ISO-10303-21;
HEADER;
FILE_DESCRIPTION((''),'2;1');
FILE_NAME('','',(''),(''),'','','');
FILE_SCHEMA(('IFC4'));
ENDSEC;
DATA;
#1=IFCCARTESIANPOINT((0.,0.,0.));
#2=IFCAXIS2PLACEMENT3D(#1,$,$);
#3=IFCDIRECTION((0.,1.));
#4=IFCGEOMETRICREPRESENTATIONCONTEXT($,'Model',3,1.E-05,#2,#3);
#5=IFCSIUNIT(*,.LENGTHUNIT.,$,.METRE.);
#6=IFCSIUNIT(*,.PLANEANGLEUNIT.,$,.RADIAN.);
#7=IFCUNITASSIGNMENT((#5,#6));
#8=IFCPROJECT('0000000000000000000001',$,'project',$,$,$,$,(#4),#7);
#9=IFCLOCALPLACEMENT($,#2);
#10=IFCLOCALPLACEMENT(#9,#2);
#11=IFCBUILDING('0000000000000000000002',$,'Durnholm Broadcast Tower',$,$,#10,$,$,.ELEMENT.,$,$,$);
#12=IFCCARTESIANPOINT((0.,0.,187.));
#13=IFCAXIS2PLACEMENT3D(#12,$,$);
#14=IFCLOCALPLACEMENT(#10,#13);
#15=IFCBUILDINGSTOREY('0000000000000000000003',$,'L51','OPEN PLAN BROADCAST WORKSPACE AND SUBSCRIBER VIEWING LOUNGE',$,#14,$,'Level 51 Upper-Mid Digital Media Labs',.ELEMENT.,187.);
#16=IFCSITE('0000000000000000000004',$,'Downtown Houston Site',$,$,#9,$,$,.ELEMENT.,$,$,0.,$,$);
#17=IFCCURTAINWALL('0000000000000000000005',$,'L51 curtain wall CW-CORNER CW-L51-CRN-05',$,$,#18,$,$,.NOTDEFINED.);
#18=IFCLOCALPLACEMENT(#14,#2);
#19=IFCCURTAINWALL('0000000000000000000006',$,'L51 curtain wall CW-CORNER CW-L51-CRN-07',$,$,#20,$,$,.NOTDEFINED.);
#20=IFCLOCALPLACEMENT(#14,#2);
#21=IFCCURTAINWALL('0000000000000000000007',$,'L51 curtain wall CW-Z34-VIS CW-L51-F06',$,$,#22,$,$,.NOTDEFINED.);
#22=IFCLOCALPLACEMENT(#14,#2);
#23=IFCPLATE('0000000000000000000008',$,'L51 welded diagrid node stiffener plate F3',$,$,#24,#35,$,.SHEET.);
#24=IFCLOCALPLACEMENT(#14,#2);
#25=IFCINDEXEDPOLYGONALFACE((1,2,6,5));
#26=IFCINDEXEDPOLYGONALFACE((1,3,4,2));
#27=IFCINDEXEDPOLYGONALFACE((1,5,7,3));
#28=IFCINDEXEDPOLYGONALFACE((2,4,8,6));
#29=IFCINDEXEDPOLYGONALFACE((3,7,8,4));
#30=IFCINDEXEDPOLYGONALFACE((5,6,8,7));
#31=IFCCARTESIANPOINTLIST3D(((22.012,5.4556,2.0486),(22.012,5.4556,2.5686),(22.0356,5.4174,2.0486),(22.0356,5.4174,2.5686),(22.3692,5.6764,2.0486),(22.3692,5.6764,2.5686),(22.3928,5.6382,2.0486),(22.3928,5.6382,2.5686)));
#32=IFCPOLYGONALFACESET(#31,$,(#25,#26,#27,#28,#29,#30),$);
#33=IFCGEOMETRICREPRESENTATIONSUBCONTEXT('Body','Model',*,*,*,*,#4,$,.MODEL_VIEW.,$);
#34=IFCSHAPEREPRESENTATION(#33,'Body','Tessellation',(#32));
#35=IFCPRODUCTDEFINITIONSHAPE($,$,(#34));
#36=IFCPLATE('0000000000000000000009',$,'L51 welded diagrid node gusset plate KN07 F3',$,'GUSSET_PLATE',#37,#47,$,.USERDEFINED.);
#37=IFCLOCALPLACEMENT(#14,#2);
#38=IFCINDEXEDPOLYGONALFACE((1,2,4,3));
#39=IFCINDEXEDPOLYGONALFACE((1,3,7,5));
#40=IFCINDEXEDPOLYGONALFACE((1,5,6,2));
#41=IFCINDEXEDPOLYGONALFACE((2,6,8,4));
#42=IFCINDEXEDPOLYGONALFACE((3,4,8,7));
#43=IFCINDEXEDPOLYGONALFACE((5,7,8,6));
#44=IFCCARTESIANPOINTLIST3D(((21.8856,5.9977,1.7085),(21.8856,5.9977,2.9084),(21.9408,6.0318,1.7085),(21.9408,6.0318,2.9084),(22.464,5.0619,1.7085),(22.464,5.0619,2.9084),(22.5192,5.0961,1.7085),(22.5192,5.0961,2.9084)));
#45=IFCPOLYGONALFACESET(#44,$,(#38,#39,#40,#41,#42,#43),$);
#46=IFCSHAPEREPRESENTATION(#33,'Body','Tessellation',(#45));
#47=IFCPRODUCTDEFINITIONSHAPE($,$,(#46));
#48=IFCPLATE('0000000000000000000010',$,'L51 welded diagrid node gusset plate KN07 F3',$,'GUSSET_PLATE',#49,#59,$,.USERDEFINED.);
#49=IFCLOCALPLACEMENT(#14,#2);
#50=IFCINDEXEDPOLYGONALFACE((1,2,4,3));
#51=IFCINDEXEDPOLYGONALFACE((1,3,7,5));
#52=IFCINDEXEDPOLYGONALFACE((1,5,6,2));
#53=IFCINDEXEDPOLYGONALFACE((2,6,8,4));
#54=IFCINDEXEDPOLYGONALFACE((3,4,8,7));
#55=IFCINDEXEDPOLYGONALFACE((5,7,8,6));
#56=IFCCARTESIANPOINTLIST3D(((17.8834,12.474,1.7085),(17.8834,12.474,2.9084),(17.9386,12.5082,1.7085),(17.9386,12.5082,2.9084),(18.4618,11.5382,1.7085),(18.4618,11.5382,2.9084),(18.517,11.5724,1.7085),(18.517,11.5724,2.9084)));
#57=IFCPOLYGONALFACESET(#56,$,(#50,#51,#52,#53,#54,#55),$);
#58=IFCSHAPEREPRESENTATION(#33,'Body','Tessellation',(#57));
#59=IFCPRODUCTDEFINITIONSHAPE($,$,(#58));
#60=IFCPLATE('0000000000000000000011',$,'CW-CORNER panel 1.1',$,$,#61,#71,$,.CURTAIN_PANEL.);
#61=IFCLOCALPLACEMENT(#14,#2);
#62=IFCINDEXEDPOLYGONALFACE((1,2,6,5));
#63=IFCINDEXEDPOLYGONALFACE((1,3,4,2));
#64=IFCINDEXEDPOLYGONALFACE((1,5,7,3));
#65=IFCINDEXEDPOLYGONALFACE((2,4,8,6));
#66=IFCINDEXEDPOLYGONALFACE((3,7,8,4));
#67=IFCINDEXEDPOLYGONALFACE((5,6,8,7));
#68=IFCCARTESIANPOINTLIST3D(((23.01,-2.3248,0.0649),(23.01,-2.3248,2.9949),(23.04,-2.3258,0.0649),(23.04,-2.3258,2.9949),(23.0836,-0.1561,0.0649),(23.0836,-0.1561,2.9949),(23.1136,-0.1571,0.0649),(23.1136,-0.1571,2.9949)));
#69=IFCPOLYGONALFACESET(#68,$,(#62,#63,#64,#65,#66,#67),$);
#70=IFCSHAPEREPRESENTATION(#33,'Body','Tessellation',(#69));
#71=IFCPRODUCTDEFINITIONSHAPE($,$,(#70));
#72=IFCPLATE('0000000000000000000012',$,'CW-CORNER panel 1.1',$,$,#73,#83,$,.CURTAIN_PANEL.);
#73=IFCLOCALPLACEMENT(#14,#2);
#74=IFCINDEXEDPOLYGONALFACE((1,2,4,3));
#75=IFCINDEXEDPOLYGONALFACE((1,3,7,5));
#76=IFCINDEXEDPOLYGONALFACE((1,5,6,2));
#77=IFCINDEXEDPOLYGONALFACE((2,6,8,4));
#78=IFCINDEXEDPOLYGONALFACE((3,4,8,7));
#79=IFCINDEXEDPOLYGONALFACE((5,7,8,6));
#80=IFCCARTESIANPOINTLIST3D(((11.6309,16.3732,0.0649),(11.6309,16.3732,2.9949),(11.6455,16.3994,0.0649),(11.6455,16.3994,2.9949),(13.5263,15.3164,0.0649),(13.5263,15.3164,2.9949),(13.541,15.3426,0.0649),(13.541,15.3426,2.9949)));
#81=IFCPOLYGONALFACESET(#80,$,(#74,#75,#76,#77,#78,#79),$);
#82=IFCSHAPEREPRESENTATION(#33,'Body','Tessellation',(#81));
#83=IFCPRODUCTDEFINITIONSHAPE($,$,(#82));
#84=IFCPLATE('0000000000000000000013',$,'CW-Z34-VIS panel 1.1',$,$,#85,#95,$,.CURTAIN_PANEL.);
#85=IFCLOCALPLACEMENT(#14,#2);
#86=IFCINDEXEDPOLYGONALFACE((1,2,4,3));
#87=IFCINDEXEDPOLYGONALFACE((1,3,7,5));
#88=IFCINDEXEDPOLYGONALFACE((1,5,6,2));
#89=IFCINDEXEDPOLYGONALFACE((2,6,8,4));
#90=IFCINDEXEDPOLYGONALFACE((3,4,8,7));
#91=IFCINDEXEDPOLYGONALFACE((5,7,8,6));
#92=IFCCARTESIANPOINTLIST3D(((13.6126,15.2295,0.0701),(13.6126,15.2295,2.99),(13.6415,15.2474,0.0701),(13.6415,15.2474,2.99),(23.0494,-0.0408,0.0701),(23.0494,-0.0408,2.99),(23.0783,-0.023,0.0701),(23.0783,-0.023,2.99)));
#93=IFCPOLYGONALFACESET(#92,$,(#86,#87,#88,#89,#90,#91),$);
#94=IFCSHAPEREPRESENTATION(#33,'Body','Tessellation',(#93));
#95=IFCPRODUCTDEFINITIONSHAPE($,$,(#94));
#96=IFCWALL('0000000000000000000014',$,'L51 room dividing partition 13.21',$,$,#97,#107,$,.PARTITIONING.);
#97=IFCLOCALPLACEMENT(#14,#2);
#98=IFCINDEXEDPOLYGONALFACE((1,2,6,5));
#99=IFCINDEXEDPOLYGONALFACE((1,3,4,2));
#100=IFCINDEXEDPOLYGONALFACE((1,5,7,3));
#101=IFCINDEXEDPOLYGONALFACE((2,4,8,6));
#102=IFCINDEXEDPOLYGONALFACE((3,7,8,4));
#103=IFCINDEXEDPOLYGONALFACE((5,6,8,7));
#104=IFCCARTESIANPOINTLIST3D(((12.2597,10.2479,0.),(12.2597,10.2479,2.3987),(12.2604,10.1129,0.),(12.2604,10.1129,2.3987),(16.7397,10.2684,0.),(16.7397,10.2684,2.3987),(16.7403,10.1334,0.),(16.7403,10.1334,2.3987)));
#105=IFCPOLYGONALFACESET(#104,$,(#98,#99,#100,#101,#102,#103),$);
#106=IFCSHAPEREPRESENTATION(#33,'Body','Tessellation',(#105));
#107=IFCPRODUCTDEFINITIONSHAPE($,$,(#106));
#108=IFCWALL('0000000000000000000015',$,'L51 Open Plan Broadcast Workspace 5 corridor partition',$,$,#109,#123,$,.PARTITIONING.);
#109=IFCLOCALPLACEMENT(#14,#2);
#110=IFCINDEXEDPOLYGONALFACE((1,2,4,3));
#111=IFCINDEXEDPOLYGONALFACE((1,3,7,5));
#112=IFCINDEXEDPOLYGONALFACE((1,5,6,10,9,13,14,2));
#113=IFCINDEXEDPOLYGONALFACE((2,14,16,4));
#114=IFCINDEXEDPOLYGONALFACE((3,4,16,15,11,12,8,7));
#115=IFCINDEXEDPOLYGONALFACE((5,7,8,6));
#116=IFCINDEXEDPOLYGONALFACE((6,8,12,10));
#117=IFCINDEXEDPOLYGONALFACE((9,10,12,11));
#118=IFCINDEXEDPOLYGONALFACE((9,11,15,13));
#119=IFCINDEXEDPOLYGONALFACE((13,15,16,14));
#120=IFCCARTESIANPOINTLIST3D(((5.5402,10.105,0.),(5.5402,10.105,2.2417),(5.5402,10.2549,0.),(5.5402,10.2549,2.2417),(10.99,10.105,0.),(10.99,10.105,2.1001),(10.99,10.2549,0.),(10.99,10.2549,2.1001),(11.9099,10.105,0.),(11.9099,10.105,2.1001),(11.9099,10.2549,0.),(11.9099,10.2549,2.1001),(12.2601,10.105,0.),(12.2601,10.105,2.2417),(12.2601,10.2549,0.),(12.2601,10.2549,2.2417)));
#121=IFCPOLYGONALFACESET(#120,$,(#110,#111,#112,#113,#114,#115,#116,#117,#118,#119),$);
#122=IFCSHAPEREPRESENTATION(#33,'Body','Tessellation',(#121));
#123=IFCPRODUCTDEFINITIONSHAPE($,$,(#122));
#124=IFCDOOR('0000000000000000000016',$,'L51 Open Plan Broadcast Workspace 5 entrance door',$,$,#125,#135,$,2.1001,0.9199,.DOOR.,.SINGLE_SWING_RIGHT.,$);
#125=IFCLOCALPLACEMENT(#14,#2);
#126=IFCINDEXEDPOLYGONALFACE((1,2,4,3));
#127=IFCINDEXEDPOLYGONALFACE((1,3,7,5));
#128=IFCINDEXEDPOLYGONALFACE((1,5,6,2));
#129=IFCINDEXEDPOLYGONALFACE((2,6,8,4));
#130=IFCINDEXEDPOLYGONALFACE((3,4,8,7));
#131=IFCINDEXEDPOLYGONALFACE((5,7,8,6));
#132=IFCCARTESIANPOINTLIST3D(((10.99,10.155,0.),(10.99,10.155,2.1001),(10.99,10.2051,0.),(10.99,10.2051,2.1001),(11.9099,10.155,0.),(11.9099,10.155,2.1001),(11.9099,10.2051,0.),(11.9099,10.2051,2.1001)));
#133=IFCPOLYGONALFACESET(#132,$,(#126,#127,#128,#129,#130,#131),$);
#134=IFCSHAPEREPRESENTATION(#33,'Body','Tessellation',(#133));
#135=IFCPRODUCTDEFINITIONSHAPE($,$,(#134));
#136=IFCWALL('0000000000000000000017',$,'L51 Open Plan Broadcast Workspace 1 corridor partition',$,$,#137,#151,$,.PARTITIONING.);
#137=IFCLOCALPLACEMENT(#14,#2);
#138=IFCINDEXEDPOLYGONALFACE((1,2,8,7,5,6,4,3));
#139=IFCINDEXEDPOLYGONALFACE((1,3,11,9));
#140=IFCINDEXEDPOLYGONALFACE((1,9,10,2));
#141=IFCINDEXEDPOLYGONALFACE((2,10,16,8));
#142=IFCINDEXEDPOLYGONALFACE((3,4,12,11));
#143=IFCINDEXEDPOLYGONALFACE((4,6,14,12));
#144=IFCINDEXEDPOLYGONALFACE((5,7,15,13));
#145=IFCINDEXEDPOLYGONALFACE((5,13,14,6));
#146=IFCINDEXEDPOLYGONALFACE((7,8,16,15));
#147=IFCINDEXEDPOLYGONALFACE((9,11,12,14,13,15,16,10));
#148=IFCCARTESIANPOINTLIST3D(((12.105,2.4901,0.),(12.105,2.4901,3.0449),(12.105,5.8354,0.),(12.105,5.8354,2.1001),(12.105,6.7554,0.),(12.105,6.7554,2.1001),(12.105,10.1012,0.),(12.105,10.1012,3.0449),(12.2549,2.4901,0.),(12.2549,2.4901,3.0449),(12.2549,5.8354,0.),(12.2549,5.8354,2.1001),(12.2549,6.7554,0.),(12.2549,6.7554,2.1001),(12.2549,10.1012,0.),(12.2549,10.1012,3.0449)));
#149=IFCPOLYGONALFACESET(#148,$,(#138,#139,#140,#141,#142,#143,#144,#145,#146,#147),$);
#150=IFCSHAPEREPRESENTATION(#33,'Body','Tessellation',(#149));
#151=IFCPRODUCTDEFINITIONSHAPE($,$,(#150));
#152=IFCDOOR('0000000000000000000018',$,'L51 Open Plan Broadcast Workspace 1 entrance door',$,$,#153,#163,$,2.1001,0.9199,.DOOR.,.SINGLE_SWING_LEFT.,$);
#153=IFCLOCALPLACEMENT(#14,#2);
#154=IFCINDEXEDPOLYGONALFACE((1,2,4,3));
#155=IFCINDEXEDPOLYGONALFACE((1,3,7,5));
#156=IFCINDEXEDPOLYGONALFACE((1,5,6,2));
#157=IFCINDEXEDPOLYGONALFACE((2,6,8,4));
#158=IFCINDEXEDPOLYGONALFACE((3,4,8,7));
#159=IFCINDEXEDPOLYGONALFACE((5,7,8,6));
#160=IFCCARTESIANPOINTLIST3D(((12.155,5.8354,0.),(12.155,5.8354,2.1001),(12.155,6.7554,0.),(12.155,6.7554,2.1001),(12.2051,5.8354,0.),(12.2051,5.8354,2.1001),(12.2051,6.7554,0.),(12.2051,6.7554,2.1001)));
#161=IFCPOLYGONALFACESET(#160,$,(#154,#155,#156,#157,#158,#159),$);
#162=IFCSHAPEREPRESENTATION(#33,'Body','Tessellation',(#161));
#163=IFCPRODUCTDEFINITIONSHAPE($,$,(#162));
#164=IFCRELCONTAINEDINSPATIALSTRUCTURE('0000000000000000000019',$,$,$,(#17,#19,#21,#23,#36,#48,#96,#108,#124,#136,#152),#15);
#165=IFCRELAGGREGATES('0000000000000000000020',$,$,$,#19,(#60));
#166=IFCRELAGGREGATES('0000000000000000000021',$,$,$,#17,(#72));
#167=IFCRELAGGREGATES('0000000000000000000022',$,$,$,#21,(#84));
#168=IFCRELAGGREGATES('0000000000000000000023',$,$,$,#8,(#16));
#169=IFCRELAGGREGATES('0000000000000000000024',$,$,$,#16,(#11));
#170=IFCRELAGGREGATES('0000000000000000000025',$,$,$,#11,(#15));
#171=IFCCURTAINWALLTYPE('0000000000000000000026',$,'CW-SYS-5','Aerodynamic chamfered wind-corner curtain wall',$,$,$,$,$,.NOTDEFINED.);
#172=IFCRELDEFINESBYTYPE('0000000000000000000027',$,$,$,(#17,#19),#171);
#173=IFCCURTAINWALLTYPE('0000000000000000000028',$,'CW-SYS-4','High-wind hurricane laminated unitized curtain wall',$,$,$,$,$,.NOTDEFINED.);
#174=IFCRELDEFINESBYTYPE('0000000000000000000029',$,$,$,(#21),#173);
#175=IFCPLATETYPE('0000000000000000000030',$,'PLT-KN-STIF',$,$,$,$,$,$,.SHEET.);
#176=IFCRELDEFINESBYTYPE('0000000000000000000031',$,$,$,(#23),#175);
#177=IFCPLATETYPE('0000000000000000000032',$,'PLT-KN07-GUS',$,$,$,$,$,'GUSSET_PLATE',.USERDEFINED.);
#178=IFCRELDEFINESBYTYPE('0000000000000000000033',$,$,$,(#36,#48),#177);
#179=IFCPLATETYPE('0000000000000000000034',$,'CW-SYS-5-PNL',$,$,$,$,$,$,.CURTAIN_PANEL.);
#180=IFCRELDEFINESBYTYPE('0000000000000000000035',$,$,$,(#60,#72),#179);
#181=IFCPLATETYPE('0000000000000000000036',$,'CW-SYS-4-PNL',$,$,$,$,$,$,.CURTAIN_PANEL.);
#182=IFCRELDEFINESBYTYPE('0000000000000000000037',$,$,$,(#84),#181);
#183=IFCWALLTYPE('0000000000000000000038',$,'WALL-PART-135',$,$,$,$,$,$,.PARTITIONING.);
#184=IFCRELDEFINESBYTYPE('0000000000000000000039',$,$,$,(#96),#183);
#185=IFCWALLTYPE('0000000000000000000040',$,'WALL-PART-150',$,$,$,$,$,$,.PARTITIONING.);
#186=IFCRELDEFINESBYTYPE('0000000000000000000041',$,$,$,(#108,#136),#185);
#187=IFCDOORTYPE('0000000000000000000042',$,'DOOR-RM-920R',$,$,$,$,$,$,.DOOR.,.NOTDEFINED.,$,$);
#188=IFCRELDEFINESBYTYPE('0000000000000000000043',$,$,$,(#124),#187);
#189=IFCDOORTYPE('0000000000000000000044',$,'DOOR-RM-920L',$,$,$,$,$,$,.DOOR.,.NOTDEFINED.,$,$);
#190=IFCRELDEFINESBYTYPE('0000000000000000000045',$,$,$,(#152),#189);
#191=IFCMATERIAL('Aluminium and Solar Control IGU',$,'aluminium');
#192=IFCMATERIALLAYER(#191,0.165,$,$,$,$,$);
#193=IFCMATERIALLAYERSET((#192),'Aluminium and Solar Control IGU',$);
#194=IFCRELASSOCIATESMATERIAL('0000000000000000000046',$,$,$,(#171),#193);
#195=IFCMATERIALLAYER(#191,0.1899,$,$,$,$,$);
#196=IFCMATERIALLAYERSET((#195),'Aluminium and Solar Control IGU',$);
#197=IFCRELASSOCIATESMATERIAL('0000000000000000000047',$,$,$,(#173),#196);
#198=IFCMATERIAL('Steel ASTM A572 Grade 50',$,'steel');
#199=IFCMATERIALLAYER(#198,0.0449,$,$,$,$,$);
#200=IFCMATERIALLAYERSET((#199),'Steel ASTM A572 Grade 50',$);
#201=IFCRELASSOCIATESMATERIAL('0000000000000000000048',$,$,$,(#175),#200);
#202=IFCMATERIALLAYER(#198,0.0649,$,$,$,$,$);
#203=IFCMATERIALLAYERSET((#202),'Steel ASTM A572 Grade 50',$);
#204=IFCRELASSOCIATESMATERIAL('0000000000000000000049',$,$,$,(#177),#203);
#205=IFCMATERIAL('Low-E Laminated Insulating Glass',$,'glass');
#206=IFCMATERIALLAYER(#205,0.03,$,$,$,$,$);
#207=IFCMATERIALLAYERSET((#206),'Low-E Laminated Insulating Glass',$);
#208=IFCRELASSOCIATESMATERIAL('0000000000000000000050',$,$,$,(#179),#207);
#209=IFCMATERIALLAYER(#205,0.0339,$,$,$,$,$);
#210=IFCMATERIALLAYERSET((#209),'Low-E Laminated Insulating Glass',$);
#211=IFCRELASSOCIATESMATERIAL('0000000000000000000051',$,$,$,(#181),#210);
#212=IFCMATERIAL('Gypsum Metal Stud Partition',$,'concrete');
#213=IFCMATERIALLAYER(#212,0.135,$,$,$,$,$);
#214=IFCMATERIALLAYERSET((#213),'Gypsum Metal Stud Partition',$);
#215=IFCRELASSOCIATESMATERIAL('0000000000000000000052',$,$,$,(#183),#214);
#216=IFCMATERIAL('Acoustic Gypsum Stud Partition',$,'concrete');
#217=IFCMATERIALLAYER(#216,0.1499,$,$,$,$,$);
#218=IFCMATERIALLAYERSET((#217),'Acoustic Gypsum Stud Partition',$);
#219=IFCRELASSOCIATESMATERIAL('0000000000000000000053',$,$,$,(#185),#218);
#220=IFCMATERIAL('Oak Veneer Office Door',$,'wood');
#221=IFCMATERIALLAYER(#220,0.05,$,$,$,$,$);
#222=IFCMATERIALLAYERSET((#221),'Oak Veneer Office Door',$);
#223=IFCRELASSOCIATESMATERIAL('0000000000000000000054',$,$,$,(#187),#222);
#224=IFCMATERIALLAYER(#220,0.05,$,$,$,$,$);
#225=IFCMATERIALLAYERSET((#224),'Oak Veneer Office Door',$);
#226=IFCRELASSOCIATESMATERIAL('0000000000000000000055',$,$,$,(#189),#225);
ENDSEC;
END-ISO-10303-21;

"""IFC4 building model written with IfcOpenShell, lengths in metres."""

from ifc_helpers import new_model, si_unit, direction, frame, frame_2d, origin, origin_2d, place, context, subcontext, project, spatial, rectangle, extrude, source, transform, mapped, material, layer, layer_set, type_object, type_shapes, element, fill, aggregate, save


model = new_model("IFC4")

# Units and contexts
model_context = context("Model", 3, precision=1e-05, world=origin(), true_north=direction((0.0, 1.0)))
body_context = subcontext(model_context, "Body", "Model", "MODEL_VIEW")
ifc_project = project(units=[si_unit("LENGTHUNIT", "METRE"), si_unit("PLANEANGLEUNIT", "RADIAN")], contexts=[model_context])

# Site, building, storey
site_placement = place(None, origin())
site = spatial("IfcSite", under=ifc_project, at=site_placement, Name="Downtown Houston Site", CompositionType="ELEMENT", RefElevation=0.0)
building_placement = place(site_placement, origin())
building = spatial("IfcBuilding", under=site, at=building_placement, Name="Durnholm Broadcast Tower", CompositionType="ELEMENT")
storey_placement = place(building_placement, frame((0.0, 0.0, 187.0)))
storey = spatial("IfcBuildingStorey", under=building, at=storey_placement, Name="L51", Description="OPEN PLAN BROADCAST WORKSPACE AND SUBSCRIBER VIEWING LOUNGE", LongName="Level 51 Upper-Mid Digital Media Labs", CompositionType="ELEMENT", Elevation=187.0)

# Curtain wall
ifc_material_1 = material(Name="Aluminium and Solar Control IGU", Category="aluminium")
ifc_layer_1 = layer(ifc_material_1, 0.165)
ifc_layer_set_1 = layer_set([ifc_layer_1], Name="Aluminium and Solar Control IGU")
curtain_wall_type_1 = type_object("IfcCurtainWallType", Name="CW-SYS-5", Description="Aerodynamic chamfered wind-corner curtain wall", PredefinedType="NOTDEFINED", material=ifc_layer_set_1)
curtain_wall_1_placement = place(storey_placement, origin())
curtain_wall_1 = element("IfcCurtainWall", 1, at=curtain_wall_1_placement, inside=storey, type_object=curtain_wall_type_1, Name="L51 curtain wall CW-CORNER CW-L51-CRN-05", PredefinedType="NOTDEFINED")

# Curtain wall
curtain_wall_2_placement = place(storey_placement, origin())
curtain_wall_2 = element("IfcCurtainWall", 2, at=curtain_wall_2_placement, inside=storey, type_object=curtain_wall_type_1, Name="L51 curtain wall CW-CORNER CW-L51-CRN-07", PredefinedType="NOTDEFINED")

# Curtain wall
ifc_layer_2 = layer(ifc_material_1, 0.1899)
ifc_layer_set_2 = layer_set([ifc_layer_2], Name="Aluminium and Solar Control IGU")
curtain_wall_type_2 = type_object("IfcCurtainWallType", Name="CW-SYS-4", Description="High-wind hurricane laminated unitized curtain wall", PredefinedType="NOTDEFINED", material=ifc_layer_set_2)
curtain_wall_3_placement = place(storey_placement, origin())
curtain_wall_3 = element("IfcCurtainWall", 3, at=curtain_wall_3_placement, inside=storey, type_object=curtain_wall_type_2, Name="L51 curtain wall CW-Z34-VIS CW-L51-F06", PredefinedType="NOTDEFINED")

# Plates
ifc_material_2 = material(Name="Steel ASTM A572 Grade 50", Category="steel")
ifc_layer_3 = layer(ifc_material_2, 0.0449)
ifc_layer_set_3 = layer_set([ifc_layer_3], Name="Steel ASTM A572 Grade 50")
plate_type_1 = type_object("IfcPlateType", Name="PLT-KN-STIF", PredefinedType="SHEET", material=ifc_layer_set_3)
shared_shape_1 = source(origin(), body_context, "Body", "SweptSolid", [
    extrude(rectangle(XDim=0.0449, YDim=0.4199, at=origin_2d()), origin(), (0.0, 0.0, 1.0), 0.52),
])
type_shapes(plate_type_1, [shared_shape_1])
plate_1_placement = place(storey_placement, frame((22.2024, 5.5469, 2.0486), z_axis=(0.0, 0.0, 1.0), x_axis=(-0.525769, 0.850628, 0.0)))
element("IfcPlate", 4, at=plate_1_placement, inside=storey, type_object=plate_type_1, Name="L51 welded diagrid node stiffener plate F3", PredefinedType="SHEET", context=body_context, shape_type="MappedRepresentation", body=[
    mapped(shared_shape_1, transform((0.0, 0.0, 0.0), x_axis=(1.0, 0.0, 0.0), y_axis=(0.0, 1.0, 0.0), z_axis=(0.0, 0.0, 1.0), scale=1.0)),
])
ifc_layer_4 = layer(ifc_material_2, 0.0649)
ifc_layer_set_4 = layer_set([ifc_layer_4], Name="Steel ASTM A572 Grade 50")
plate_type_2 = type_object("IfcPlateType", Name="PLT-KN07-GUS", ElementType="GUSSET_PLATE", PredefinedType="USERDEFINED", material=ifc_layer_set_4)
shared_shape_2 = source(origin(), body_context, "Body", "SweptSolid", [
    extrude(rectangle(XDim=1.1001, YDim=0.0649, at=origin_2d()), origin(), (0.0, 0.0, 1.0), 1.2),
])
type_shapes(plate_type_2, [shared_shape_2])
for number, where, z_axis, x_axis, name in (
    (5, (22.2024, 5.5469, 1.7085), (0.0, 0.0, 1.0), (-0.525769, 0.850628, 0.0), "L51 welded diagrid node gusset plate KN07 F3"),
    (6, (18.2002, 12.0232, 1.7085), (0.0, 0.0, 1.0), (-0.525769, 0.850628, 0.0), "L51 welded diagrid node gusset plate KN07 F3"),
):
    element("IfcPlate", number, at=place(storey_placement, frame(where, z_axis=z_axis, x_axis=x_axis)), inside=storey, type_object=plate_type_2, Name=name, ObjectType="GUSSET_PLATE", PredefinedType="USERDEFINED", context=body_context, shape_type="MappedRepresentation", body=[
        mapped(shared_shape_2, transform((0.0, 0.0, 0.0), x_axis=(1.0, 0.0, 0.0), y_axis=(0.0, 1.0, 0.0), z_axis=(0.0, 0.0, 1.0), scale=1.0)),
    ])

# Plates
ifc_material_3 = material(Name="Low-E Laminated Insulating Glass", Category="glass")
ifc_layer_5 = layer(ifc_material_3, 0.03)
ifc_layer_set_5 = layer_set([ifc_layer_5], Name="Low-E Laminated Insulating Glass")
plate_type_3 = type_object("IfcPlateType", Name="CW-SYS-5-PNL", PredefinedType="CURTAIN_PANEL", material=ifc_layer_set_5)
shared_shape_3 = source(origin(), body_context, "Body", "SweptSolid", [
    extrude(rectangle(XDim=2.1699, YDim=0.03, at=origin_2d()), origin(), (0.0, 0.0, 1.0), 2.9299),
])
plate_2_placement = place(storey_placement, frame((23.0618, -1.241, 0.0649), z_axis=(0.0, 0.0, 1.0), x_axis=(-0.033913, -0.999425, 0.0)))
plate_2 = element("IfcPlate", 7, at=plate_2_placement, type_object=plate_type_3, Name="CW-CORNER panel 1.1", PredefinedType="CURTAIN_PANEL", context=body_context, shape_type="MappedRepresentation", body=[
    mapped(shared_shape_3, transform((0.0, 0.0, 0.0), x_axis=(1.0, 0.0, 0.0), y_axis=(0.0, 1.0, 0.0), z_axis=(0.0, 0.0, 1.0), scale=1.0)),
])
aggregate(curtain_wall_2, [plate_2])
shared_shape_4 = source(origin(), body_context, "Body", "SweptSolid", [
    extrude(rectangle(XDim=2.1702, YDim=0.03, at=origin_2d()), origin(), (0.0, 0.0, 1.0), 2.9299),
])
type_shapes(plate_type_3, [shared_shape_3, shared_shape_4])
plate_3_placement = place(storey_placement, frame((12.5859, 15.8579, 0.0649), z_axis=(0.0, 0.0, 1.0), x_axis=(0.87341, -0.486986, 0.0)))
plate_3 = element("IfcPlate", 8, at=plate_3_placement, type_object=plate_type_3, Name="CW-CORNER panel 1.1", PredefinedType="CURTAIN_PANEL", context=body_context, shape_type="MappedRepresentation", body=[
    mapped(shared_shape_4, transform((0.0, 0.0, 0.0), x_axis=(1.0, 0.0, 0.0), y_axis=(0.0, 1.0, 0.0), z_axis=(0.0, 0.0, 1.0), scale=1.0)),
])
aggregate(curtain_wall_1, [plate_3])
ifc_layer_6 = layer(ifc_material_3, 0.0339)
ifc_layer_set_6 = layer_set([ifc_layer_6], Name="Low-E Laminated Insulating Glass")
plate_type_4 = type_object("IfcPlateType", Name="CW-SYS-4-PNL", PredefinedType="CURTAIN_PANEL", material=ifc_layer_set_6)
shared_shape_5 = source(origin(), body_context, "Body", "SweptSolid", [
    extrude(rectangle(XDim=17.9509, YDim=0.0339, at=origin_2d()), origin(), (0.0, 0.0, 1.0), 2.9199),
])
type_shapes(plate_type_4, [shared_shape_5])
plate_4_placement = place(storey_placement, frame((18.3455, 7.6033, 0.0701), z_axis=(0.0, 0.0, 1.0), x_axis=(0.525698, -0.850671, 0.0)))
plate_4 = element("IfcPlate", 9, at=plate_4_placement, type_object=plate_type_4, Name="CW-Z34-VIS panel 1.1", PredefinedType="CURTAIN_PANEL", context=body_context, shape_type="MappedRepresentation", body=[
    mapped(shared_shape_5, transform((0.0, 0.0, 0.0), x_axis=(1.0, 0.0, 0.0), y_axis=(0.0, 1.0, 0.0), z_axis=(0.0, 0.0, 1.0), scale=1.0)),
])
aggregate(curtain_wall_3, [plate_4])

# Wall
ifc_material_4 = material(Name="Gypsum Metal Stud Partition", Category="concrete")
ifc_layer_7 = layer(ifc_material_4, 0.135)
ifc_layer_set_7 = layer_set([ifc_layer_7], Name="Gypsum Metal Stud Partition")
wall_type_1 = type_object("IfcWallType", Name="WALL-PART-135", PredefinedType="PARTITIONING", material=ifc_layer_set_7)
wall_1_placement = place(storey_placement, frame((16.74, 10.2009, 0.0), z_axis=(0.0, 0.0, 1.0), x_axis=(-0.99999, -0.004578, 0.0)))
element("IfcWall", 10, at=wall_1_placement, inside=storey, type_object=wall_type_1, Name="L51 room dividing partition 13.21", PredefinedType="PARTITIONING", context=body_context, shape_type="SweptSolid", body=[
    extrude(rectangle(XDim=4.48, YDim=0.135, at=frame_2d((2.24, 0.0))), origin(), (0.0, 0.0, 1.0), 2.3987),
])

# Walls, openings, doors
ifc_material_5 = material(Name="Acoustic Gypsum Stud Partition", Category="concrete")
ifc_layer_8 = layer(ifc_material_5, 0.1499)
ifc_layer_set_8 = layer_set([ifc_layer_8], Name="Acoustic Gypsum Stud Partition")
wall_type_2 = type_object("IfcWallType", Name="WALL-PART-150", PredefinedType="PARTITIONING", material=ifc_layer_set_8)
wall_2_placement = place(storey_placement, frame((12.26, 10.1799, 0.0), z_axis=(0.0, 0.0, 1.0), x_axis=(-1.0, 0.0, 0.0)))
wall_2 = element("IfcWall", 11, at=wall_2_placement, inside=storey, type_object=wall_type_2, Name="L51 Open Plan Broadcast Workspace 5 corridor partition", PredefinedType="PARTITIONING", context=body_context, shape_type="SweptSolid", body=[
    extrude(rectangle(XDim=6.72, YDim=0.1499, at=frame_2d((3.3599, 0.0))), origin(), (0.0, 0.0, 1.0), 2.2417),
])
opening_1_placement = place(wall_2_placement, frame((0.3501, 0.0, 0.0)))
opening_1 = element("IfcOpeningElement", 12, at=opening_1_placement, cuts=wall_2, PredefinedType="OPENING", context=body_context, shape_type="SweptSolid", body=[
    extrude(rectangle(XDim=0.9199, YDim=2.1001, at=frame_2d((0.46, 1.05))), frame((0.0, 0.085, 0.0), z_axis=(0.0, -1.0, 0.0), x_axis=(1.0, 0.0, 0.0)), (0.0, 0.0, 1.0), 0.1699),
])
ifc_material_6 = material(Name="Oak Veneer Office Door", Category="wood")
ifc_layer_9 = layer(ifc_material_6, 0.05)
ifc_layer_set_9 = layer_set([ifc_layer_9], Name="Oak Veneer Office Door")
door_type_1 = type_object("IfcDoorType", Name="DOOR-RM-920R", OperationType="NOTDEFINED", PredefinedType="DOOR", material=ifc_layer_set_9)
shared_shape_6 = source(origin(), body_context, "Body", "SweptSolid", [
    extrude(rectangle(XDim=0.9199, YDim=2.1001, at=frame_2d((0.46, 1.05))), frame((0.0, 0.0249, 0.0), z_axis=(0.0, -1.0, 0.0), x_axis=(1.0, 0.0, 0.0)), (0.0, 0.0, 1.0), 0.05),
])
type_shapes(door_type_1, [shared_shape_6])
door_1_placement = place(opening_1_placement, origin())
door_1 = element("IfcDoor", 13, at=door_1_placement, inside=storey, type_object=door_type_1, Name="L51 Open Plan Broadcast Workspace 5 entrance door", OperationType="SINGLE_SWING_RIGHT", OverallHeight=2.1001, OverallWidth=0.9199, PredefinedType="DOOR", context=body_context, shape_type="MappedRepresentation", body=[
    mapped(shared_shape_6, transform((0.0, 0.0, 0.0), x_axis=(1.0, 0.0, 0.0), y_axis=(0.0, 1.0, 0.0), z_axis=(0.0, 0.0, 1.0), scale=1.0)),
])
fill(opening_1, door_1)
wall_3_placement = place(storey_placement, frame((12.1799, 2.49, 0.0), z_axis=(0.0, 0.0, 1.0), x_axis=(0.0, 1.0, 0.0)))
wall_3 = element("IfcWall", 14, at=wall_3_placement, inside=storey, type_object=wall_type_2, Name="L51 Open Plan Broadcast Workspace 1 corridor partition", PredefinedType="PARTITIONING", context=body_context, shape_type="SweptSolid", body=[
    extrude(rectangle(XDim=7.6111, YDim=0.1499, at=frame_2d((3.8057, 0.0))), origin(), (0.0, 0.0, 1.0), 3.0449),
])
opening_2_placement = place(wall_3_placement, frame((3.3455, 0.0, 0.0)))
opening_2 = element("IfcOpeningElement", 15, at=opening_2_placement, cuts=wall_3, PredefinedType="OPENING", context=body_context, shape_type="SweptSolid", body=[
    extrude(rectangle(XDim=0.9199, YDim=2.1001, at=frame_2d((0.46, 1.05))), frame((0.0, 0.085, 0.0), z_axis=(0.0, -1.0, 0.0), x_axis=(1.0, 0.0, 0.0)), (0.0, 0.0, 1.0), 0.1699),
])
ifc_layer_10 = layer(ifc_material_6, 0.05)
ifc_layer_set_10 = layer_set([ifc_layer_10], Name="Oak Veneer Office Door")
door_type_2 = type_object("IfcDoorType", Name="DOOR-RM-920L", OperationType="NOTDEFINED", PredefinedType="DOOR", material=ifc_layer_set_10)
shared_shape_7 = source(origin(), body_context, "Body", "SweptSolid", [
    extrude(rectangle(XDim=0.9199, YDim=2.1001, at=frame_2d((0.46, 1.05))), frame((0.0, 0.0249, 0.0), z_axis=(0.0, -1.0, 0.0), x_axis=(1.0, 0.0, 0.0)), (0.0, 0.0, 1.0), 0.05),
])
type_shapes(door_type_2, [shared_shape_7])
door_2_placement = place(opening_2_placement, origin())
door_2 = element("IfcDoor", 16, at=door_2_placement, inside=storey, type_object=door_type_2, Name="L51 Open Plan Broadcast Workspace 1 entrance door", OperationType="SINGLE_SWING_LEFT", OverallHeight=2.1001, OverallWidth=0.9199, PredefinedType="DOOR", context=body_context, shape_type="MappedRepresentation", body=[
    mapped(shared_shape_7, transform((0.0, 0.0, 0.0), x_axis=(1.0, 0.0, 0.0), y_axis=(0.0, 1.0, 0.0), z_axis=(0.0, 0.0, 1.0), scale=1.0)),
])
fill(opening_2, door_2)

save(model, "model.ifc")
